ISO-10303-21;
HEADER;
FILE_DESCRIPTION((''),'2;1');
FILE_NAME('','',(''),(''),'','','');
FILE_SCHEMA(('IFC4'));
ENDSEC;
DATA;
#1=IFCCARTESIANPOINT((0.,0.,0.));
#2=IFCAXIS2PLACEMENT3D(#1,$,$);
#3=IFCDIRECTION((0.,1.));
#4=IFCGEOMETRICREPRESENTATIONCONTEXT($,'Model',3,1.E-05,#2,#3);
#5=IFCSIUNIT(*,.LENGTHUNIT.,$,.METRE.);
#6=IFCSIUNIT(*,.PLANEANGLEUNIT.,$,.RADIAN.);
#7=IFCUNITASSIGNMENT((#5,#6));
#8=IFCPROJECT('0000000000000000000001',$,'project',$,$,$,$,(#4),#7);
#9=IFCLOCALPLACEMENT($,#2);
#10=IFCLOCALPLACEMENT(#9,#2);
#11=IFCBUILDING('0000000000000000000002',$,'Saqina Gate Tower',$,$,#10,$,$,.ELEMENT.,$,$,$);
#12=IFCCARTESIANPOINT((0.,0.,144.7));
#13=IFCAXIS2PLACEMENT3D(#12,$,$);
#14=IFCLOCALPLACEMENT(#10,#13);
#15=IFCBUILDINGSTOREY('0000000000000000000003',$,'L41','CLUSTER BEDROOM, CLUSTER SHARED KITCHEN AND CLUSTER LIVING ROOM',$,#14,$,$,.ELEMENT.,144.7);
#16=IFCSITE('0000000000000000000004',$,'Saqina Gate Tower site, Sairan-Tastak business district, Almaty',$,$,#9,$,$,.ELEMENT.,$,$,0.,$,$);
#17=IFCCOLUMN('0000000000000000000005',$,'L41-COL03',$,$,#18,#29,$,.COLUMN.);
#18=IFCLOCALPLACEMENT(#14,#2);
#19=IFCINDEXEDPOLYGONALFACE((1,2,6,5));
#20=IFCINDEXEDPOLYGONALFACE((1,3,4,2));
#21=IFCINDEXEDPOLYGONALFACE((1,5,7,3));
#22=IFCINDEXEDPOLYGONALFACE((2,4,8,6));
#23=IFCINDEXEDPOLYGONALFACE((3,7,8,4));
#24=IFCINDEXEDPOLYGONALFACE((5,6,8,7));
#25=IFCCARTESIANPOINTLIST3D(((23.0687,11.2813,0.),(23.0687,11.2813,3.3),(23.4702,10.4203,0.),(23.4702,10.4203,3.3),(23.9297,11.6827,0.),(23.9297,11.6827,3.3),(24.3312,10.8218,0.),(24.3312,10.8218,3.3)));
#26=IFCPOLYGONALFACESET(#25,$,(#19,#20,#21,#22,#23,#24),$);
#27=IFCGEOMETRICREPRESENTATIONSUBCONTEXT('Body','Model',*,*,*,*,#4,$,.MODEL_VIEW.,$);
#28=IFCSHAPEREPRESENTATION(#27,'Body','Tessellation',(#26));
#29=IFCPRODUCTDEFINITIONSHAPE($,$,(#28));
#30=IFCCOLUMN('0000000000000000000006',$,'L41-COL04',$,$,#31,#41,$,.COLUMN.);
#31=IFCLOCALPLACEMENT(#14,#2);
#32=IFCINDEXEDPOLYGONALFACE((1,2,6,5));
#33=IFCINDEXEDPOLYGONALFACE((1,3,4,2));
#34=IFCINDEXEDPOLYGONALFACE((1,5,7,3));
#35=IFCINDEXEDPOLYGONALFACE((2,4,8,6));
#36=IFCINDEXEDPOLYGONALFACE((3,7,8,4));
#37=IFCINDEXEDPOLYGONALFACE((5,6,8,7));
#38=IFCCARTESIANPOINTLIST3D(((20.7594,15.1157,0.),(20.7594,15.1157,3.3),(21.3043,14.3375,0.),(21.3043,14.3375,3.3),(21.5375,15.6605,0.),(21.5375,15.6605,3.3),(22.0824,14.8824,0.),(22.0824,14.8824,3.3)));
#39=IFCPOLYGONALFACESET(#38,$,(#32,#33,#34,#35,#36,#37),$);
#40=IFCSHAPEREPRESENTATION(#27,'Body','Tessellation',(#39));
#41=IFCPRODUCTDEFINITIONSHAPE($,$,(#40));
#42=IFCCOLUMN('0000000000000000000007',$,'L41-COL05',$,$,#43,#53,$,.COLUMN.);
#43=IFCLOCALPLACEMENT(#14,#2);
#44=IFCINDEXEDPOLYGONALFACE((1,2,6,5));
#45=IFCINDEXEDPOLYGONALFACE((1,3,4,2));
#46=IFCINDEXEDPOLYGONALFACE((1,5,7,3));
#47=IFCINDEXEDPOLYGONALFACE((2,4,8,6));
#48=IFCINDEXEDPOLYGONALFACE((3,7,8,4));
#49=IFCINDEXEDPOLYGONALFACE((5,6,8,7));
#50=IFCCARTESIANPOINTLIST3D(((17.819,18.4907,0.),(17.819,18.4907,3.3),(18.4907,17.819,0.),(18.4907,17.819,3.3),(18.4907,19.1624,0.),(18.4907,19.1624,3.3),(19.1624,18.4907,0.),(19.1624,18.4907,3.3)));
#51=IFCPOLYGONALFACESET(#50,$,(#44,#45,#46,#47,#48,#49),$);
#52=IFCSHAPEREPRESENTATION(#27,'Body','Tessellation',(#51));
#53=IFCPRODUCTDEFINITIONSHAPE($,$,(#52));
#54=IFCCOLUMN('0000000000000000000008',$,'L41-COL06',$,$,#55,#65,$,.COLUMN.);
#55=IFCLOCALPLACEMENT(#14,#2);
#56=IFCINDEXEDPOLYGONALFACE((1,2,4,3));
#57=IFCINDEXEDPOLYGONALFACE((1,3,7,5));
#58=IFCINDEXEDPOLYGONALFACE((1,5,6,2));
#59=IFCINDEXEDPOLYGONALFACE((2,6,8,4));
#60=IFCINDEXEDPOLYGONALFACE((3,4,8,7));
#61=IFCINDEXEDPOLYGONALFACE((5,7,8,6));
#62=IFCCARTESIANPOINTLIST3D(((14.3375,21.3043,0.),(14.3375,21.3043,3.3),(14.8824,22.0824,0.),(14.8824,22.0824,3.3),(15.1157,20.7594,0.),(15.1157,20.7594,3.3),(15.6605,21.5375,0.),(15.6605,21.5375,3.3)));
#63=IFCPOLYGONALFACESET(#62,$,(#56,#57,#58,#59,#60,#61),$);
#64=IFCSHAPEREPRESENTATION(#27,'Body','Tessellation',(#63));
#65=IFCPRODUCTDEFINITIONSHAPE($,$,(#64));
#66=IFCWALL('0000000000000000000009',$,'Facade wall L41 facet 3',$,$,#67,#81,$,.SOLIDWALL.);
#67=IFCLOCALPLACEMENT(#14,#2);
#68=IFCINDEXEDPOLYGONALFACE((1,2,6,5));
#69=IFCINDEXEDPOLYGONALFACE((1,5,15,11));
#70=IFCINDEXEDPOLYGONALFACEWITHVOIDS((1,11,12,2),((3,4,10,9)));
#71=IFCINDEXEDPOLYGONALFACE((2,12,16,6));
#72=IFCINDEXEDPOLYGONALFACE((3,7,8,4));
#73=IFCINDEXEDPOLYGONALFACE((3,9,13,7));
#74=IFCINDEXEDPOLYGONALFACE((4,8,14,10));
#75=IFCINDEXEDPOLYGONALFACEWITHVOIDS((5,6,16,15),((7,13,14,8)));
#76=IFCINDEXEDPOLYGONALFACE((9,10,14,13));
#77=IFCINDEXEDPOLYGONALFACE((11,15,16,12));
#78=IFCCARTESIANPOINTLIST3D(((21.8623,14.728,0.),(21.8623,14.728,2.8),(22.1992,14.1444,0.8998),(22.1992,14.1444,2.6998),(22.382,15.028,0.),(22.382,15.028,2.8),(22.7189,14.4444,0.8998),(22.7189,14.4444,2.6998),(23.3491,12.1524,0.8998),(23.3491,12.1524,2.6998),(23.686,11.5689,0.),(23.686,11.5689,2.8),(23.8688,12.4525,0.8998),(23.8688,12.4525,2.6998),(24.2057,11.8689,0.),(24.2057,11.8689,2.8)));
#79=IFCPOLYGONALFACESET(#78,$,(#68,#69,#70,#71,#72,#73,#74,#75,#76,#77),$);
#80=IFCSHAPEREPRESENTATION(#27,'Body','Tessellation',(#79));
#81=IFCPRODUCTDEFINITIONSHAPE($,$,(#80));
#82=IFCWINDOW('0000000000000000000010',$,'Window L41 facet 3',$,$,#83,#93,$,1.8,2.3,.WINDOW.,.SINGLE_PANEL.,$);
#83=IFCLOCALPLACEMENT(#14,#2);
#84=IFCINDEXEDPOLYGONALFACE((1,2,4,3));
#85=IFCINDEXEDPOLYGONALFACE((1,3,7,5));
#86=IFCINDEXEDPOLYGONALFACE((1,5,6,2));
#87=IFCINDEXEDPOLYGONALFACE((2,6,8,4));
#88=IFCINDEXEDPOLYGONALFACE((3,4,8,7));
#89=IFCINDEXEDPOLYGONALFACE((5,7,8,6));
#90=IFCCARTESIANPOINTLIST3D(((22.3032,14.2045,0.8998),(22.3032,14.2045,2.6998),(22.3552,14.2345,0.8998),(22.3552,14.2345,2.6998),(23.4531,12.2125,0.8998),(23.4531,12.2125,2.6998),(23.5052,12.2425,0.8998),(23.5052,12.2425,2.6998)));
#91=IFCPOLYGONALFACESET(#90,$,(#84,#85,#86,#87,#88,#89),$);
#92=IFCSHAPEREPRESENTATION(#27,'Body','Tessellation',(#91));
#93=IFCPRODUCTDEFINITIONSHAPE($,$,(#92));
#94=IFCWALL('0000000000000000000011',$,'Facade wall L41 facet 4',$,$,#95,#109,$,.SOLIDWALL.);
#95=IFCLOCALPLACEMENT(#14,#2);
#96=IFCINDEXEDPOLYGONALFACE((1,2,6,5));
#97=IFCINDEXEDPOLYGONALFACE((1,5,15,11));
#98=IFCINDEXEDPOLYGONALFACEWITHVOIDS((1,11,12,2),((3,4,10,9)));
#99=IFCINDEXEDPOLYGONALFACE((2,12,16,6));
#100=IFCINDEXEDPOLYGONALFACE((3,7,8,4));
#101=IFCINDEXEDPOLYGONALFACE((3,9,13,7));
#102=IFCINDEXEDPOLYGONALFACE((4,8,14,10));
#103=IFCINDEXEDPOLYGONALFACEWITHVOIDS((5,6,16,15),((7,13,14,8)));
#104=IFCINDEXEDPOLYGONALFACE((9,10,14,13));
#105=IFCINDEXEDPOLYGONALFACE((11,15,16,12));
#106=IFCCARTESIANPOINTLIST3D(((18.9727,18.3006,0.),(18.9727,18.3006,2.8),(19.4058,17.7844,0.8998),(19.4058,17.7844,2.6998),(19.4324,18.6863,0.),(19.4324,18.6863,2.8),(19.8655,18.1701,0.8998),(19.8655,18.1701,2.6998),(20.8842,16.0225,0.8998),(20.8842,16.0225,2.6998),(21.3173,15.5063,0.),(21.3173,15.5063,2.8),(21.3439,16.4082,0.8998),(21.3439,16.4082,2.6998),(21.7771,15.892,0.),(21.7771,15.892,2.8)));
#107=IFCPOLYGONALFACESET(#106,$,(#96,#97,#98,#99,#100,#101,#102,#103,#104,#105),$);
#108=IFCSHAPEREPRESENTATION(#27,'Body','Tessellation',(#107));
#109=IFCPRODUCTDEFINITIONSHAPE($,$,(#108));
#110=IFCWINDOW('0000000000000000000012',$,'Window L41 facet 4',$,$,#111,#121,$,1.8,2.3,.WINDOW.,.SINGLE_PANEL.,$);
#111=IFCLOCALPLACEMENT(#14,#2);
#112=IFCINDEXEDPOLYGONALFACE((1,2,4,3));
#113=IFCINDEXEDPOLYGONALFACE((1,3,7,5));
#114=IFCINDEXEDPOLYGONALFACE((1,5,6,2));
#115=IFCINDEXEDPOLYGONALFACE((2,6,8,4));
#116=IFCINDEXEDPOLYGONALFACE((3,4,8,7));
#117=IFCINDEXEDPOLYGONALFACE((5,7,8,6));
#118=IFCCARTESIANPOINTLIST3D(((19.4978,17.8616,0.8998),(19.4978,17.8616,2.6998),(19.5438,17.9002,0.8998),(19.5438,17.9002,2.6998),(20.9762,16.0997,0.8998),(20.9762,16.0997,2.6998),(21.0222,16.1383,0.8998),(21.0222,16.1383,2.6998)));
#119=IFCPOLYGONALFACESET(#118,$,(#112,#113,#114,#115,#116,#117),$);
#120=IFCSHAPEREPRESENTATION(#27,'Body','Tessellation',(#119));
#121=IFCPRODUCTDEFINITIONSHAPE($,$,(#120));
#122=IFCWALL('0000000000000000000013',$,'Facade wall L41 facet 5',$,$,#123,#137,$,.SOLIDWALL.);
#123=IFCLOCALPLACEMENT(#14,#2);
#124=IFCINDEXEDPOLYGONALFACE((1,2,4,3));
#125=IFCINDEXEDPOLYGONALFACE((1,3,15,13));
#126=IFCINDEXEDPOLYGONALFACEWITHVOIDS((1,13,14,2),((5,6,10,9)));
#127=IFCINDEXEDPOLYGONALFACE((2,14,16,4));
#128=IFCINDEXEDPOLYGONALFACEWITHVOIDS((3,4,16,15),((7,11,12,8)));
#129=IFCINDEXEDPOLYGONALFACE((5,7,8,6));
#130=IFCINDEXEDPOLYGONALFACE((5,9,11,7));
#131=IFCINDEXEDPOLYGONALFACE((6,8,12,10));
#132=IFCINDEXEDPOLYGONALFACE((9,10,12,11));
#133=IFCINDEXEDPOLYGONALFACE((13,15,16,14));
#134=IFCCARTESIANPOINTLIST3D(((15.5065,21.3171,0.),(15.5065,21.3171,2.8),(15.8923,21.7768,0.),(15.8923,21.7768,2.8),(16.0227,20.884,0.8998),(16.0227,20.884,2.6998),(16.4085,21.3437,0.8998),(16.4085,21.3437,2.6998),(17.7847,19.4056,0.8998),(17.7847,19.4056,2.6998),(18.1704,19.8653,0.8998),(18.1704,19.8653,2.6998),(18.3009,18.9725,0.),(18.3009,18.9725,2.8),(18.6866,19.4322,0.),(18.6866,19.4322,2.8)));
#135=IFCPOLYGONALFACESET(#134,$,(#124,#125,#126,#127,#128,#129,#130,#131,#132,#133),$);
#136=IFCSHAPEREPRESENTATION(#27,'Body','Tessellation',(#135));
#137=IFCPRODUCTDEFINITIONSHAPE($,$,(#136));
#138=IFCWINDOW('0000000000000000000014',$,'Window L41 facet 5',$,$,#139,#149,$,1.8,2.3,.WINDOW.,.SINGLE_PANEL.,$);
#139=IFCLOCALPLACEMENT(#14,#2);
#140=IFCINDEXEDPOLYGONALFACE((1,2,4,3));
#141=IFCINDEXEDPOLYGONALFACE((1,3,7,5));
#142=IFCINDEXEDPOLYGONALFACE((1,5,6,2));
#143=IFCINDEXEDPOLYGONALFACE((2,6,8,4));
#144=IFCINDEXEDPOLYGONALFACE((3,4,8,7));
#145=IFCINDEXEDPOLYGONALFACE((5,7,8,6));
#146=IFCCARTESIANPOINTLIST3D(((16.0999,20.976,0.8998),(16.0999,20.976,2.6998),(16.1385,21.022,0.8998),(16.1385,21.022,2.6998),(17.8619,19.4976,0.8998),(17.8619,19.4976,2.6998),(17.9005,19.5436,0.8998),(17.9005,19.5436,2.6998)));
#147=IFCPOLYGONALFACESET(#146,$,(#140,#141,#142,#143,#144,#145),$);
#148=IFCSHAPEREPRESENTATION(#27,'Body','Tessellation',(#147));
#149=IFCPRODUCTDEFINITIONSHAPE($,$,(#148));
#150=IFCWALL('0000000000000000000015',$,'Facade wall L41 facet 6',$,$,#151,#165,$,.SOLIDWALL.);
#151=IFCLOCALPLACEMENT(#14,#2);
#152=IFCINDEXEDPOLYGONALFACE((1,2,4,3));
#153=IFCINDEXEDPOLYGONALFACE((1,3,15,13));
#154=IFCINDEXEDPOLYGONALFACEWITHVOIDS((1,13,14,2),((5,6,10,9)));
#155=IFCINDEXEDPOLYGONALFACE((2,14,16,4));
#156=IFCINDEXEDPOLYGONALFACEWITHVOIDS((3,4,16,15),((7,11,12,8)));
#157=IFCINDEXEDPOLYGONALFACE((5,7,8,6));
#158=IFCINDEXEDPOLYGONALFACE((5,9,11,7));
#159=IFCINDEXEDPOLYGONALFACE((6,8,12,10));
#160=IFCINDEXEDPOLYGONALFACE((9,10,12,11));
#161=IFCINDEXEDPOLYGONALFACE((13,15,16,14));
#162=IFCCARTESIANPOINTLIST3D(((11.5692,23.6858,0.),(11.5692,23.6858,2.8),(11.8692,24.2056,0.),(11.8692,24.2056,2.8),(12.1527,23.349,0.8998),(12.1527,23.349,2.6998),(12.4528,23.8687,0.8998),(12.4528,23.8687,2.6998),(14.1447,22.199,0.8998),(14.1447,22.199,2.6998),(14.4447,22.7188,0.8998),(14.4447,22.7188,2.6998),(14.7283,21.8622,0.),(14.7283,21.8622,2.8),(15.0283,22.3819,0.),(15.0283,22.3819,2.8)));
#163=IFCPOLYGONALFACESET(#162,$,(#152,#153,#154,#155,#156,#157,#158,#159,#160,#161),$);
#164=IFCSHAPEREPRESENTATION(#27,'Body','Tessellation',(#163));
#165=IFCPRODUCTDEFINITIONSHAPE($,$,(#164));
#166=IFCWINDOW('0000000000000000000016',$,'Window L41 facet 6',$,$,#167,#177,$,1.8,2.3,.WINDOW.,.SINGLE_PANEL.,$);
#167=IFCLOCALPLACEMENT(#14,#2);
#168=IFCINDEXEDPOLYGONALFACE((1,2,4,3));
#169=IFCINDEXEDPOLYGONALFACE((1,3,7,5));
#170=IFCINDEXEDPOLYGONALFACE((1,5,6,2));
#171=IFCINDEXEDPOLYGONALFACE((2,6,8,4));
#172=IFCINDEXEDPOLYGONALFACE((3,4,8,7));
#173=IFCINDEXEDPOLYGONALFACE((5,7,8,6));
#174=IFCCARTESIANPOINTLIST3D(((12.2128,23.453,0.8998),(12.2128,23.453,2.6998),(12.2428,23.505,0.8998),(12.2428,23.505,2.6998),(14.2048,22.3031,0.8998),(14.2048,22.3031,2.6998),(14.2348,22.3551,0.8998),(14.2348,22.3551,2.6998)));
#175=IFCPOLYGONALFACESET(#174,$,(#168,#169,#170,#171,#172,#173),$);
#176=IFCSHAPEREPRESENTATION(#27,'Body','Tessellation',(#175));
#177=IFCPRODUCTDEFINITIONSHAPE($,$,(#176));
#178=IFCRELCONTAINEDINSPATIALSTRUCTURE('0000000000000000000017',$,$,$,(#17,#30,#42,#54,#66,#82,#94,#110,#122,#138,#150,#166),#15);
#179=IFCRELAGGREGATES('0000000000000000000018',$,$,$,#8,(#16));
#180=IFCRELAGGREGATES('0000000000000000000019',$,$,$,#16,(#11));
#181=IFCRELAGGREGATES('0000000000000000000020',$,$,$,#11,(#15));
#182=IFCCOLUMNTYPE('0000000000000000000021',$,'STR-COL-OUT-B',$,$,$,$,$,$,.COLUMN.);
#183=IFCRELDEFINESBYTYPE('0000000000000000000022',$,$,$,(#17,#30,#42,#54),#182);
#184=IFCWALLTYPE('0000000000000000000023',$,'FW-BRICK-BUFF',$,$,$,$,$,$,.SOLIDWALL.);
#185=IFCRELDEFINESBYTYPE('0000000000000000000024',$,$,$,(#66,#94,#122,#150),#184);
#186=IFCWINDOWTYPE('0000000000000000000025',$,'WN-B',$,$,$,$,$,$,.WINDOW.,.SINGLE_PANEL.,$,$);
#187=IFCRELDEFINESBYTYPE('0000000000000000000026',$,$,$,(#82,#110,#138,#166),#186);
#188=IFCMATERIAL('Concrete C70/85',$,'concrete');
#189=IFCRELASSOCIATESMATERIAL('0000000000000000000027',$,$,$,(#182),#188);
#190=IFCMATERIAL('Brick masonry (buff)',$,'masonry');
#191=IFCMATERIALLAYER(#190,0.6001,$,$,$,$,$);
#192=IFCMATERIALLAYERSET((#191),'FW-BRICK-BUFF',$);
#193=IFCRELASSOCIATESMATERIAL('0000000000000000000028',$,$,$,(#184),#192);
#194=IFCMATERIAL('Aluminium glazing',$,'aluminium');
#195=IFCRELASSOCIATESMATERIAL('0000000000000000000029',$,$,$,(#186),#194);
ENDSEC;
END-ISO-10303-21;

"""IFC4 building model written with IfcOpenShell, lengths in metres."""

from ifc_helpers import new_model, si_unit, direction, frame, frame_2d, origin, origin_2d, place, context, subcontext, project, spatial, rectangle, extrude, material, layer, layer_set, material_profile, profile_set, type_object, element, fill, save


model = new_model("IFC4")

# Units and contexts
model_context = context("Model", 3, precision=1e-05, world=origin(), true_north=direction((0.0, 1.0)))
body_context = subcontext(model_context, "Body", "Model", "MODEL_VIEW")
ifc_project = project(units=[si_unit("LENGTHUNIT", "METRE"), si_unit("PLANEANGLEUNIT", "RADIAN")], contexts=[model_context])

# Site, building, storey
site_placement = place(None, origin())
site = spatial("IfcSite", under=ifc_project, at=site_placement, Name="Saqina Gate Tower site, Sairan-Tastak business district, Almaty", CompositionType="ELEMENT", RefElevation=0.0)
building_placement = place(site_placement, origin())
building = spatial("IfcBuilding", under=site, at=building_placement, Name="Saqina Gate Tower", CompositionType="ELEMENT")
storey_placement = place(building_placement, frame((0.0, 0.0, 144.7)))
storey = spatial("IfcBuildingStorey", under=building, at=storey_placement, Name="L41", Description="CLUSTER BEDROOM, CLUSTER SHARED KITCHEN AND CLUSTER LIVING ROOM", CompositionType="ELEMENT", Elevation=144.7)

# Columns
ifc_material_1 = material(Name="Concrete C70/85", Category="concrete")
ifc_material_profile = material_profile(ifc_material_1, rectangle(XDim=0.95, YDim=0.95, at=origin_2d()), Name="RC 950x950")
ifc_profile_set = profile_set([ifc_material_profile], Name="Concrete C70/85")
column_type = type_object("IfcColumnType", Name="STR-COL-OUT-B", PredefinedType="COLUMN", material=ifc_profile_set)
for number, where, z_axis, x_axis, name in (
    (1, (23.7, 11.0515, 0.0), (0.0, 0.0, 1.0), (0.906308, 0.422618, 0.0), "L41-COL03"),
    (2, (21.4209, 14.999, 0.0), (0.0, 0.0, 1.0), (0.819152, 0.573576, 0.0), "L41-COL04"),
    (3, (18.4907, 18.4907, 0.0), (0.0, 0.0, 1.0), (0.707107, 0.707107, 0.0), "L41-COL05"),
    (4, (14.999, 21.4209, 0.0), (0.0, 0.0, 1.0), (0.573576, 0.819152, 0.0), "L41-COL06"),
):
    element("IfcColumn", number, at=place(storey_placement, frame(where, z_axis=z_axis, x_axis=x_axis)), inside=storey, type_object=column_type, Name=name, PredefinedType="COLUMN", context=body_context, shape_type="SweptSolid", body=[
        extrude(rectangle(XDim=0.95, YDim=0.95, at=origin_2d()), origin(), (0.0, 0.0, 1.0), 3.3),
    ])

# Walls, openings, windows
ifc_material_2 = material(Name="Brick masonry (buff)", Category="masonry")
ifc_layer_1 = layer(ifc_material_2, 0.6001)
ifc_layer_set_1 = layer_set([ifc_layer_1], Name="FW-BRICK-BUFF")
wall_type_1 = type_object("IfcWallType", Name="FW-BRICK-BUFF", PredefinedType="SOLIDWALL", material=ifc_layer_set_1)
wall_1_placement = place(storey_placement, frame((23.9458, 11.719, 0.0), z_axis=(0.0, 0.0, 1.0), x_axis=(-0.499954, 0.866052, 0.0)))
wall_1 = element("IfcWall", 5, at=wall_1_placement, inside=storey, type_object=wall_type_1, Name="Facade wall L41 facet 3", PredefinedType="SOLIDWALL", context=body_context, shape_type="SweptSolid", body=[
    extrude(rectangle(XDim=3.6477, YDim=0.6001, at=frame_2d((1.8237, 0.0))), origin(), (0.0, 0.0, 1.0), 2.8),
])
opening_1_placement = place(wall_1_placement, frame((0.6738, 0.0, 0.8999)))
opening_1 = element("IfcOpeningElement", 6, at=opening_1_placement, cuts=wall_1, PredefinedType="OPENING", context=body_context, shape_type="SweptSolid", body=[
    extrude(rectangle(XDim=2.3, YDim=1.8, at=frame_2d((1.1499, 0.8999))), frame((0.0, 0.312, 0.0), z_axis=(0.0, -1.0, 0.0), x_axis=(1.0, 0.0, 0.0)), (0.0, 0.0, 1.0), 0.624),
])
ifc_material_3 = material(Name="Aluminium glazing", Category="aluminium")
window_type = type_object("IfcWindowType", Name="WN-B", PartitioningType="SINGLE_PANEL", PredefinedType="WINDOW", material=ifc_material_3)
window_1_placement = place(opening_1_placement, origin())
window_1 = element("IfcWindow", 7, at=window_1_placement, inside=storey, type_object=window_type, Name="Window L41 facet 3", OverallHeight=1.8, OverallWidth=2.3, PartitioningType="SINGLE_PANEL", PredefinedType="WINDOW", context=body_context, shape_type="SweptSolid", body=[
    extrude(rectangle(XDim=2.3, YDim=1.8, at=frame_2d((1.1499, 0.8999))), frame((0.0, 0.1799, 0.0), z_axis=(0.0, -1.0, 0.0), x_axis=(1.0, 0.0, 0.0)), (0.0, 0.0, 1.0), 0.0601),
])
fill(opening_1, window_1)
wall_2_placement = place(storey_placement, frame((21.5471, 15.6992, 0.0), z_axis=(0.0, 0.0, 1.0), x_axis=(-0.642774, 0.766055, 0.0)))
wall_2 = element("IfcWall", 8, at=wall_2_placement, inside=storey, type_object=wall_type_1, Name="Facade wall L41 facet 4", PredefinedType="SOLIDWALL", context=body_context, shape_type="SweptSolid", body=[
    extrude(rectangle(XDim=3.6477, YDim=0.6001, at=frame_2d((1.8237, 0.0))), origin(), (0.0, 0.0, 1.0), 2.8),
])
opening_2_placement = place(wall_2_placement, frame((0.6738, 0.0, 0.8999)))
opening_2 = element("IfcOpeningElement", 9, at=opening_2_placement, cuts=wall_2, PredefinedType="OPENING", context=body_context, shape_type="SweptSolid", body=[
    extrude(rectangle(XDim=2.3, YDim=1.8, at=frame_2d((1.1499, 0.8999))), frame((0.0, 0.312, 0.0), z_axis=(0.0, -1.0, 0.0), x_axis=(1.0, 0.0, 0.0)), (0.0, 0.0, 1.0), 0.624),
])
window_2_placement = place(opening_2_placement, origin())
window_2 = element("IfcWindow", 10, at=window_2_placement, inside=storey, type_object=window_type, Name="Window L41 facet 4", OverallHeight=1.8, OverallWidth=2.3, PartitioningType="SINGLE_PANEL", PredefinedType="WINDOW", context=body_context, shape_type="SweptSolid", body=[
    extrude(rectangle(XDim=2.3, YDim=1.8, at=frame_2d((1.1499, 0.8999))), frame((0.0, 0.1799, 0.0), z_axis=(0.0, -1.0, 0.0), x_axis=(1.0, 0.0, 0.0)), (0.0, 0.0, 1.0), 0.0601),
])
fill(opening_2, window_2)
wall_3_placement = place(storey_placement, frame((18.4937, 19.2024, 0.0), z_axis=(0.0, 0.0, 1.0), x_axis=(-0.766055, 0.642774, 0.0)))
wall_3 = element("IfcWall", 11, at=wall_3_placement, inside=storey, type_object=wall_type_1, Name="Facade wall L41 facet 5", PredefinedType="SOLIDWALL", context=body_context, shape_type="SweptSolid", body=[
    extrude(rectangle(XDim=3.6477, YDim=0.6001, at=frame_2d((1.8237, 0.0))), origin(), (0.0, 0.0, 1.0), 2.8),
])
opening_3_placement = place(wall_3_placement, frame((0.6738, 0.0, 0.8999)))
opening_3 = element("IfcOpeningElement", 12, at=opening_3_placement, cuts=wall_3, PredefinedType="OPENING", context=body_context, shape_type="SweptSolid", body=[
    extrude(rectangle(XDim=2.3, YDim=1.8, at=frame_2d((1.1499, 0.8999))), frame((0.0, 0.312, 0.0), z_axis=(0.0, -1.0, 0.0), x_axis=(1.0, 0.0, 0.0)), (0.0, 0.0, 1.0), 0.624),
])
window_3_placement = place(opening_3_placement, origin())
window_3 = element("IfcWindow", 13, at=window_3_placement, inside=storey, type_object=window_type, Name="Window L41 facet 5", OverallHeight=1.8, OverallWidth=2.3, PartitioningType="SINGLE_PANEL", PredefinedType="WINDOW", context=body_context, shape_type="SweptSolid", body=[
    extrude(rectangle(XDim=2.3, YDim=1.8, at=frame_2d((1.1499, 0.8999))), frame((0.0, 0.1799, 0.0), z_axis=(0.0, -1.0, 0.0), x_axis=(1.0, 0.0, 0.0)), (0.0, 0.0, 1.0), 0.0601),
])
fill(opening_3, window_3)
wall_4_placement = place(storey_placement, frame((14.8782, 22.1221, 0.0), z_axis=(0.0, 0.0, 1.0), x_axis=(-0.866052, 0.499954, 0.0)))
wall_4 = element("IfcWall", 14, at=wall_4_placement, inside=storey, type_object=wall_type_1, Name="Facade wall L41 facet 6", PredefinedType="SOLIDWALL", context=body_context, shape_type="SweptSolid", body=[
    extrude(rectangle(XDim=3.6477, YDim=0.6001, at=frame_2d((1.8237, 0.0))), origin(), (0.0, 0.0, 1.0), 2.8),
])
opening_4_placement = place(wall_4_placement, frame((0.6738, 0.0, 0.8999)))
opening_4 = element("IfcOpeningElement", 15, at=opening_4_placement, cuts=wall_4, PredefinedType="OPENING", context=body_context, shape_type="SweptSolid", body=[
    extrude(rectangle(XDim=2.3, YDim=1.8, at=frame_2d((1.1499, 0.8999))), frame((0.0, 0.312, 0.0), z_axis=(0.0, -1.0, 0.0), x_axis=(1.0, 0.0, 0.0)), (0.0, 0.0, 1.0), 0.624),
])
window_4_placement = place(opening_4_placement, origin())
window_4 = element("IfcWindow", 16, at=window_4_placement, inside=storey, type_object=window_type, Name="Window L41 facet 6", OverallHeight=1.8, OverallWidth=2.3, PartitioningType="SINGLE_PANEL", PredefinedType="WINDOW", context=body_context, shape_type="SweptSolid", body=[
    extrude(rectangle(XDim=2.3, YDim=1.8, at=frame_2d((1.1499, 0.8999))), frame((0.0, 0.1799, 0.0), z_axis=(0.0, -1.0, 0.0), x_axis=(1.0, 0.0, 0.0)), (0.0, 0.0, 1.0), 0.0601),
])
fill(opening_4, window_4)

save(model, "model.ifc")
